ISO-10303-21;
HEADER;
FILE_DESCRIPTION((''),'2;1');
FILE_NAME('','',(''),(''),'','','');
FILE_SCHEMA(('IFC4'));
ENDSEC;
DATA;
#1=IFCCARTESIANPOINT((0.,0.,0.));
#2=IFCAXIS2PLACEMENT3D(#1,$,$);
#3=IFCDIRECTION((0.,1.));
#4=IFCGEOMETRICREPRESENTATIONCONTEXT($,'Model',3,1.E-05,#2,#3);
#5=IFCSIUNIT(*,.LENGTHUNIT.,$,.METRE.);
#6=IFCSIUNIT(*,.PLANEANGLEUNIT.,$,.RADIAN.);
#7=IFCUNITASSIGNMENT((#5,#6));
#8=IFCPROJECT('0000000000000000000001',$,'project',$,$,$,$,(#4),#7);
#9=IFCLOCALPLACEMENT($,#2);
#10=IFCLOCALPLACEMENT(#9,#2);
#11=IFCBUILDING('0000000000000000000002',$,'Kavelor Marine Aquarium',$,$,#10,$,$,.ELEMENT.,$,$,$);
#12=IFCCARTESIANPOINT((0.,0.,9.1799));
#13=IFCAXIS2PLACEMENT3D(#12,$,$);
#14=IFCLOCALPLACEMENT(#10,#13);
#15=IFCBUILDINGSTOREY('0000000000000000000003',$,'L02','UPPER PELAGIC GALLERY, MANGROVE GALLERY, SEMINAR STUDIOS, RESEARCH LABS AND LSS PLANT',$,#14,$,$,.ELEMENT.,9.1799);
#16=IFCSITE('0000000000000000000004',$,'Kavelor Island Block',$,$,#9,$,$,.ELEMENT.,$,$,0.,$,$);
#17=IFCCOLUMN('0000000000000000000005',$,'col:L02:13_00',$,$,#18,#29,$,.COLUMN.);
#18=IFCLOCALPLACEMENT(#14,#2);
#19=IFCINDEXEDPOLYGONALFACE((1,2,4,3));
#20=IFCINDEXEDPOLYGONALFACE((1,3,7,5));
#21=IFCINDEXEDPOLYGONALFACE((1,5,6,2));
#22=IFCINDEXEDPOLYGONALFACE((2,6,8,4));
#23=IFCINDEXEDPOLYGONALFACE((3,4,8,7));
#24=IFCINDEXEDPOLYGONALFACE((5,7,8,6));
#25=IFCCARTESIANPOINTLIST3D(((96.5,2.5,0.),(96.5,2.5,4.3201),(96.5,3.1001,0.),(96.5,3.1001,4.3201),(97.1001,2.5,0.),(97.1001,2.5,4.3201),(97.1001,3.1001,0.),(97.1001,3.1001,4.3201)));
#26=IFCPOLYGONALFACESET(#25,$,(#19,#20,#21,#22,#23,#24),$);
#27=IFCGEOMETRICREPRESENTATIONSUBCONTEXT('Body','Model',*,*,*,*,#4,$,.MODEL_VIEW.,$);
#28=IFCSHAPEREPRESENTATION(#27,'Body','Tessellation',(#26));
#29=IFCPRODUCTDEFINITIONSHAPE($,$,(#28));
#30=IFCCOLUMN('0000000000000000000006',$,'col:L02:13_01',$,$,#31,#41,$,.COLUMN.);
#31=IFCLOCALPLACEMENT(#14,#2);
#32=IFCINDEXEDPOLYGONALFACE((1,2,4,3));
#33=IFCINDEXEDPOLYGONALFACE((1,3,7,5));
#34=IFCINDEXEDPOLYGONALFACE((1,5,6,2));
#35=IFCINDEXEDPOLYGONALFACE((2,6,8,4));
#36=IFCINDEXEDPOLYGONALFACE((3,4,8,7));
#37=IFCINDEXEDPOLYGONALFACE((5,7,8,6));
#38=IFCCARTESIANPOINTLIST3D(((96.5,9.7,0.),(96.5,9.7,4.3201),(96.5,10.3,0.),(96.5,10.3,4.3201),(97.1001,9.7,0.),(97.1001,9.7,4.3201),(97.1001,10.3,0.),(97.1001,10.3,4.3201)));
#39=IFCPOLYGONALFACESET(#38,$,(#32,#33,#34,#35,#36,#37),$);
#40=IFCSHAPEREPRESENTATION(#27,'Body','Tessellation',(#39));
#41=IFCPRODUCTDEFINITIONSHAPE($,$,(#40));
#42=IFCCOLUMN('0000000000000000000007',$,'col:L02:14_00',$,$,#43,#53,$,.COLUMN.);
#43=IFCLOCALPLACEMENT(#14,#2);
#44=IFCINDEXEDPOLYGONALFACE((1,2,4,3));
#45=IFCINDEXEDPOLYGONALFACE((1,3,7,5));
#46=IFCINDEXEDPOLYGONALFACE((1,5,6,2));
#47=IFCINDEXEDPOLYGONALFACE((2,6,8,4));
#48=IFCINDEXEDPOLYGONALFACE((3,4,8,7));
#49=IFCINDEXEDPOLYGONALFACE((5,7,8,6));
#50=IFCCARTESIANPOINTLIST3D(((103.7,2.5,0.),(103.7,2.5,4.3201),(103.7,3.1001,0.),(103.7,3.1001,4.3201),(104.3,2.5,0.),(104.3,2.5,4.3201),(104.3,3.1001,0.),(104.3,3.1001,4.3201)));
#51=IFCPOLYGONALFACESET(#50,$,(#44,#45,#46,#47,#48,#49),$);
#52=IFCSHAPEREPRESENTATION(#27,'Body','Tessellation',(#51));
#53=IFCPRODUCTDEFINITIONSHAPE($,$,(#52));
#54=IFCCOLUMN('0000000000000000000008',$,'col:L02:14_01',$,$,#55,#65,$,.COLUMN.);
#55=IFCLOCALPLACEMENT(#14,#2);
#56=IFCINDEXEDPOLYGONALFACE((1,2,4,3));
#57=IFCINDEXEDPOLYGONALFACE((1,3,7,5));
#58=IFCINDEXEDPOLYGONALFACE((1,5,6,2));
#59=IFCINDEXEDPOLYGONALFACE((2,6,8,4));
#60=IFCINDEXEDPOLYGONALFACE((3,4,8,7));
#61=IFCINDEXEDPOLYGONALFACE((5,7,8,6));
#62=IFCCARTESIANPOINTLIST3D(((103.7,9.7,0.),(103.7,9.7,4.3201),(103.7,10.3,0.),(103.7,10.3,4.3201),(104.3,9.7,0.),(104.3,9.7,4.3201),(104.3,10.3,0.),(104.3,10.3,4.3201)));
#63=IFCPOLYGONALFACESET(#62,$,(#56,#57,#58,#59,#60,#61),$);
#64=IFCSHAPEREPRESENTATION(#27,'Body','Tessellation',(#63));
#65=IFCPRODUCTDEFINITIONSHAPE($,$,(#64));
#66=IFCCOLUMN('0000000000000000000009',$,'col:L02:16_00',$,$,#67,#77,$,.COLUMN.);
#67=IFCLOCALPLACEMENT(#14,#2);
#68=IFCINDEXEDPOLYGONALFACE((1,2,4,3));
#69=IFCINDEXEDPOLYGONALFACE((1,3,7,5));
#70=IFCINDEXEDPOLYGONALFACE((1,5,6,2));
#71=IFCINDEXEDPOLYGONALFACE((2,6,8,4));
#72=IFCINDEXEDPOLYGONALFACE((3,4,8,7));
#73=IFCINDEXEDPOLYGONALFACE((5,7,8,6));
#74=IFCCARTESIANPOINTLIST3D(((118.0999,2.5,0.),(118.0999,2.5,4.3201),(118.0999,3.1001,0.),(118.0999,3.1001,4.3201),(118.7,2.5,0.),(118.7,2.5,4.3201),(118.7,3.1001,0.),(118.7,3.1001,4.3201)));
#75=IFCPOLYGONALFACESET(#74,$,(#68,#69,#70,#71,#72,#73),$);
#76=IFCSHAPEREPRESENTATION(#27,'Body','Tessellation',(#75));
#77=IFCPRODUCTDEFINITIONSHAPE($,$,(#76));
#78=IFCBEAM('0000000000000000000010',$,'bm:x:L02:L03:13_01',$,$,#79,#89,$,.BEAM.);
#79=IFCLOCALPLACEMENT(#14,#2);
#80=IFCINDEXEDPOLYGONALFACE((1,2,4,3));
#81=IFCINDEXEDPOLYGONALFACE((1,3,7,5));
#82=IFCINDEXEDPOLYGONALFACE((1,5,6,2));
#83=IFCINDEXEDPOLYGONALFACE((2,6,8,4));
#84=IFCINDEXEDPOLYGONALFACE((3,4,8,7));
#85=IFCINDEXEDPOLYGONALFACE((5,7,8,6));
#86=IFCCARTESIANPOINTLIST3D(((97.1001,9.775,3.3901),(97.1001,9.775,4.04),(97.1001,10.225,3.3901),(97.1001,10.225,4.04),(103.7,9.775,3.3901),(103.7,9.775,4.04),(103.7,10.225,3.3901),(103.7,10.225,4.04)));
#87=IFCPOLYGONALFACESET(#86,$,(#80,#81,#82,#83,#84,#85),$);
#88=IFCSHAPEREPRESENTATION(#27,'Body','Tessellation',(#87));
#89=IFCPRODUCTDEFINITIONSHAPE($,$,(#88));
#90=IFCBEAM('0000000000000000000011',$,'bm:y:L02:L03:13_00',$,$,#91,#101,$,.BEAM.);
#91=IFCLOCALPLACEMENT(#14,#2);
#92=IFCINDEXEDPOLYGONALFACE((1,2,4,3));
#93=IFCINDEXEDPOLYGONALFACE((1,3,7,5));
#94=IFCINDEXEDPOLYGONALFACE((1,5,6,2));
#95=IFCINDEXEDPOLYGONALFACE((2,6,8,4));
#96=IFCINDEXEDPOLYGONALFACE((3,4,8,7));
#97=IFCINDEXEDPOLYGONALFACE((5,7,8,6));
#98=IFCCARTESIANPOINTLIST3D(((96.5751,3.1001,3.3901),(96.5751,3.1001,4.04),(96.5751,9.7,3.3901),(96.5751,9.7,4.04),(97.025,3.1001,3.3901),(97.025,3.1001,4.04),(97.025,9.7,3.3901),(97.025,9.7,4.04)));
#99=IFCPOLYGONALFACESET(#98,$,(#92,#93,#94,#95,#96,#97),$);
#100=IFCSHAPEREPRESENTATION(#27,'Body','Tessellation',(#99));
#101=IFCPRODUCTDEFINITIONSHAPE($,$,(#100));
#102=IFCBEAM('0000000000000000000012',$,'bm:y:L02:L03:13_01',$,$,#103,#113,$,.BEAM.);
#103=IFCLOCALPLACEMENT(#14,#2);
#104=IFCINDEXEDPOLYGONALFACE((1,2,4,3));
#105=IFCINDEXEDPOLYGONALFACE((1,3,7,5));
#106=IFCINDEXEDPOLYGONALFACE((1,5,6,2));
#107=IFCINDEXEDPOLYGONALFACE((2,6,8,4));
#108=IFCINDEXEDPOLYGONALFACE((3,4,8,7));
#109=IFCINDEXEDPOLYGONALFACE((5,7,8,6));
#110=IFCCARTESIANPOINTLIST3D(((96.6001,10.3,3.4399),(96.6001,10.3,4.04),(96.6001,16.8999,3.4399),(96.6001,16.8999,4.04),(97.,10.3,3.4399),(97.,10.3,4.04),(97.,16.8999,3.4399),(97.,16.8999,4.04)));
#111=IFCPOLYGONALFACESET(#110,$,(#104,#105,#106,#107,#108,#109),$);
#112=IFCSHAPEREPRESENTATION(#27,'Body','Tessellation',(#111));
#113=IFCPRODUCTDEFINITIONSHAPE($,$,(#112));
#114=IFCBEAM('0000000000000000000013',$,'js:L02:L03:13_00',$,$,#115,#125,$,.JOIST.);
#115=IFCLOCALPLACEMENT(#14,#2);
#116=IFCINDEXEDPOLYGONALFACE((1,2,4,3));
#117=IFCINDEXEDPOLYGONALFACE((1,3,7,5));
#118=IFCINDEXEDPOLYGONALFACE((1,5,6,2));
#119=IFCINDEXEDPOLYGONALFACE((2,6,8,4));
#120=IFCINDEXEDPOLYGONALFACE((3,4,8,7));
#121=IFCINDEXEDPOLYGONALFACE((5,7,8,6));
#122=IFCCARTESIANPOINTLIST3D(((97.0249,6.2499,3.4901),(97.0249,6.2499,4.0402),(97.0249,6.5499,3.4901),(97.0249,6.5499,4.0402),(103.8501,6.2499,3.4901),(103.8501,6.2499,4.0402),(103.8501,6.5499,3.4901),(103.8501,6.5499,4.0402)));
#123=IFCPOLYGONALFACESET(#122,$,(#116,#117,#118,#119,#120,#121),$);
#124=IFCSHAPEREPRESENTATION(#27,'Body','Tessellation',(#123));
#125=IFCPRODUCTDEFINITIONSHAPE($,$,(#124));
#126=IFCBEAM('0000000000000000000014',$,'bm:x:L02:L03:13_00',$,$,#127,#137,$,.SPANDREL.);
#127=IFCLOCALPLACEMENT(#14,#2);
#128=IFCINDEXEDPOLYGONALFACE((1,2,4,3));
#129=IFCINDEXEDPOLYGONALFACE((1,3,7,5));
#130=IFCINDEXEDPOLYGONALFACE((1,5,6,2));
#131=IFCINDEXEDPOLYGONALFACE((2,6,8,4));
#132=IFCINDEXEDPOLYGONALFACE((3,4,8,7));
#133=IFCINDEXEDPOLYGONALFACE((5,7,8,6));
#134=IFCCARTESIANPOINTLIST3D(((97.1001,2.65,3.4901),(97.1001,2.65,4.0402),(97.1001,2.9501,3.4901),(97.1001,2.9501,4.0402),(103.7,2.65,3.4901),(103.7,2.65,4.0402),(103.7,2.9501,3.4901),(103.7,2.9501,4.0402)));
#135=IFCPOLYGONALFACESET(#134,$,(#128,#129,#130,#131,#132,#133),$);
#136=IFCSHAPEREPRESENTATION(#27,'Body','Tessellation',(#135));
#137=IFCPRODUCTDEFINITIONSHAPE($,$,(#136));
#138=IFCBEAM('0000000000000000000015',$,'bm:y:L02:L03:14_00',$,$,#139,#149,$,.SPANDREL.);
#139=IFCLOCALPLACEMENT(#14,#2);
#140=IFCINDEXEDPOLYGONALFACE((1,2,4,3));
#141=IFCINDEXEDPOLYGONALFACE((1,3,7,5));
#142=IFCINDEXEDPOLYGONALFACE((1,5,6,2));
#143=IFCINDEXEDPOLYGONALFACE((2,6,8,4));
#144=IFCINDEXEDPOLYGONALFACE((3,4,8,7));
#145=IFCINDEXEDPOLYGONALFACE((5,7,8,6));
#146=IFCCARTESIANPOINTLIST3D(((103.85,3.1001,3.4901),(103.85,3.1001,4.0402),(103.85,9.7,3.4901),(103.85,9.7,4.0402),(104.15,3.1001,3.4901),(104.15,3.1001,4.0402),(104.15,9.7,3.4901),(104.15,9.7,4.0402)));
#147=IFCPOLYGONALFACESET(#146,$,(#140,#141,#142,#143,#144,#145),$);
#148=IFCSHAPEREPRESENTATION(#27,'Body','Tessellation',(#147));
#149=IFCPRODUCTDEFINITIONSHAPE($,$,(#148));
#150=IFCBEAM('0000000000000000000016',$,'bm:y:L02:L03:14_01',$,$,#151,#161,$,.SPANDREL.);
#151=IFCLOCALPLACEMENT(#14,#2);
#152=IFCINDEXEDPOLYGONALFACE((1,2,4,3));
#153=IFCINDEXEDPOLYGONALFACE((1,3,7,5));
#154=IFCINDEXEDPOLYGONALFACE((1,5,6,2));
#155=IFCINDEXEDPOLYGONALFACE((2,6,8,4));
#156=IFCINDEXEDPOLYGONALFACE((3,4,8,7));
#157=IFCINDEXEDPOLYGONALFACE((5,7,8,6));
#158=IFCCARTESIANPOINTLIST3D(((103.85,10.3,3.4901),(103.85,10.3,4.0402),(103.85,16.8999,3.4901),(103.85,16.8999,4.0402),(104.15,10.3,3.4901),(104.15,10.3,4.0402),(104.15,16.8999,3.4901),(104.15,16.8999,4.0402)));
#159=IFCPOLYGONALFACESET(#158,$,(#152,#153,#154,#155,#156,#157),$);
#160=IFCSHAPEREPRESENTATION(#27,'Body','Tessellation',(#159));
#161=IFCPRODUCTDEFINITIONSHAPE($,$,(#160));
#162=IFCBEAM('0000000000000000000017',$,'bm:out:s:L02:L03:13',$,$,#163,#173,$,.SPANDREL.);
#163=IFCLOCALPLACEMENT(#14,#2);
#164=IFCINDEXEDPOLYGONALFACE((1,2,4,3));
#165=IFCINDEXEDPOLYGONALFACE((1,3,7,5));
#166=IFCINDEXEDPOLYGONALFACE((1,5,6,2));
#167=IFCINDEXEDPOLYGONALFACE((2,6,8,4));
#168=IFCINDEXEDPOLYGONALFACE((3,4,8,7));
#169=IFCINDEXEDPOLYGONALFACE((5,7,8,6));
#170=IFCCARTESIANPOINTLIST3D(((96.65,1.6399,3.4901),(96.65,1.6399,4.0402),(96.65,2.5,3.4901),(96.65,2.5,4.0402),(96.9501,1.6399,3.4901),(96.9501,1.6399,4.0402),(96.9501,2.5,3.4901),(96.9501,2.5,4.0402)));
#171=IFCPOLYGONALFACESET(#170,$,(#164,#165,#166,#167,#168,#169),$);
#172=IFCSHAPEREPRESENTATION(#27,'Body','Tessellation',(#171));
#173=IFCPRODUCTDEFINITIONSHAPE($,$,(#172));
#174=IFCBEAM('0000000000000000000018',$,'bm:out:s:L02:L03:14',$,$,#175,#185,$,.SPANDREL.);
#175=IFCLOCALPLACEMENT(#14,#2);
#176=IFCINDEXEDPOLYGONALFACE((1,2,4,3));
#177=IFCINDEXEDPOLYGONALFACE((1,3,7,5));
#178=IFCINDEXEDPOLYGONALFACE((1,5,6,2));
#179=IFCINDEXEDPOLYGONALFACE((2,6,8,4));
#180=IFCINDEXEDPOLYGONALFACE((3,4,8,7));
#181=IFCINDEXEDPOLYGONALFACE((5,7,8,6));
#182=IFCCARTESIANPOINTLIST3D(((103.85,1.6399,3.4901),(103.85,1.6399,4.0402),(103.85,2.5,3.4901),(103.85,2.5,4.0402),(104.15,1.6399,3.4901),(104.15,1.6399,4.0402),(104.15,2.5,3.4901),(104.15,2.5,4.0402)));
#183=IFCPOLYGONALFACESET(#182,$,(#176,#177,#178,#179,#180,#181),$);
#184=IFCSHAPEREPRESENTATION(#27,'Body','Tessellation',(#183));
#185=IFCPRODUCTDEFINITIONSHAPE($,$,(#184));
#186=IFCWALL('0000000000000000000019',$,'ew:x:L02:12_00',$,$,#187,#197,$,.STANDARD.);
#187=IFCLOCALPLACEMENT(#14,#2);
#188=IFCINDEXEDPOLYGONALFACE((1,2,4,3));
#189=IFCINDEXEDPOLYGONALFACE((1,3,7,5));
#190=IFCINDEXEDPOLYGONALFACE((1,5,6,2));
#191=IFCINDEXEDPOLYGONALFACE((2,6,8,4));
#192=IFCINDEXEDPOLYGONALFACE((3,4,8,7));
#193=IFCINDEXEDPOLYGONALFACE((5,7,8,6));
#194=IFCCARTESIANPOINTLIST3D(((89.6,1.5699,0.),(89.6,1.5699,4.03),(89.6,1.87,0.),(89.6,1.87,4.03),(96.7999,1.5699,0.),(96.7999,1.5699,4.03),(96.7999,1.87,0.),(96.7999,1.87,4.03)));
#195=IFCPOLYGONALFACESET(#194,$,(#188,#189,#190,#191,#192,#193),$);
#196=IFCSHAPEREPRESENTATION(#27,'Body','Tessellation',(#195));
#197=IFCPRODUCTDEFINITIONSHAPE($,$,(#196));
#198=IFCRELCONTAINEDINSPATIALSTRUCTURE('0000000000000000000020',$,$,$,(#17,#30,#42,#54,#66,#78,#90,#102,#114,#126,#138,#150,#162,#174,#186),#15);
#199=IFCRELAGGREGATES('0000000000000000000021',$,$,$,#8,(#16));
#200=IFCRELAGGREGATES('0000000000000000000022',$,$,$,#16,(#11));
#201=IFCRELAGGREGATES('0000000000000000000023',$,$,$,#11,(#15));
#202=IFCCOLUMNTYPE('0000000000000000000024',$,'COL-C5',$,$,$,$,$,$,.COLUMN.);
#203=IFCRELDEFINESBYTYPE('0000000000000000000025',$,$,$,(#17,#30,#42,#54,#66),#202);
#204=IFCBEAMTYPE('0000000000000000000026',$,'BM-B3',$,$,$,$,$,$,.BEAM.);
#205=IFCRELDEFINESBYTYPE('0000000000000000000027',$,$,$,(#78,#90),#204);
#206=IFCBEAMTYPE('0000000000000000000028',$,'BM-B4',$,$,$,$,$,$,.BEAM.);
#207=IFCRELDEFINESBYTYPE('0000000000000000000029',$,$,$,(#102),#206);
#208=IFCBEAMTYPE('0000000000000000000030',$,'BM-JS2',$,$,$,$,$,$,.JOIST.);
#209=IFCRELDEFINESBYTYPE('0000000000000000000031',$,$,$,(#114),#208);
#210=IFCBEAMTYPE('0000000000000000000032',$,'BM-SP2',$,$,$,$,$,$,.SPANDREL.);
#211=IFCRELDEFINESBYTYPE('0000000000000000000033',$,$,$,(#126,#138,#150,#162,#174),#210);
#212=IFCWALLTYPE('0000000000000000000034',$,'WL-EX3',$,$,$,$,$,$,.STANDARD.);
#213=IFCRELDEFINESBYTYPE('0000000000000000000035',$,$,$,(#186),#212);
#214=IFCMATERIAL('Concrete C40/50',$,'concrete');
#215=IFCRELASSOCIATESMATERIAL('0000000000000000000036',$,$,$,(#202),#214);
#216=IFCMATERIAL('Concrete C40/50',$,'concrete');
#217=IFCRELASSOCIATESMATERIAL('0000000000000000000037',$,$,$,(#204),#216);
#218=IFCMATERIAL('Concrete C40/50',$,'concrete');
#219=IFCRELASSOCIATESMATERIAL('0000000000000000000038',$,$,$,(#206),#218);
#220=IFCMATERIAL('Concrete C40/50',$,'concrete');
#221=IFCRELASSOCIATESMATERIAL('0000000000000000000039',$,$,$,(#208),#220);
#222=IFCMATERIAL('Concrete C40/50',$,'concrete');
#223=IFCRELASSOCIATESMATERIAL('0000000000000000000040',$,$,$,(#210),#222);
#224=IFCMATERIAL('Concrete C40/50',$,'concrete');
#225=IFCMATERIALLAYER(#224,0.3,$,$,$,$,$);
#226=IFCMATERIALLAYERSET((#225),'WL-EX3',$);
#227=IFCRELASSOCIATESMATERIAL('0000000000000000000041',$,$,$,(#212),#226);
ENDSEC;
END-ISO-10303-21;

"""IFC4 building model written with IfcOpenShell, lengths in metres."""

from ifc_helpers import new_model, si_unit, direction, frame, frame_2d, origin, origin_2d, place, context, subcontext, project, spatial, rectangle, extrude, material, layer, layer_set, material_profile, profile_set, type_object, element, save


model = new_model("IFC4")

# Units and contexts
model_context = context("Model", 3, precision=1e-05, world=origin(), true_north=direction((0.0, 1.0)))
body_context = subcontext(model_context, "Body", "Model", "MODEL_VIEW")
ifc_project = project(units=[si_unit("LENGTHUNIT", "METRE"), si_unit("PLANEANGLEUNIT", "RADIAN")], contexts=[model_context])

# Site, building, storey
site_placement = place(None, origin())
site = spatial("IfcSite", under=ifc_project, at=site_placement, Name="Kavelor Island Block", CompositionType="ELEMENT", RefElevation=0.0)
building_placement = place(site_placement, origin())
building = spatial("IfcBuilding", under=site, at=building_placement, Name="Kavelor Marine Aquarium", CompositionType="ELEMENT")
storey_placement = place(building_placement, frame((0.0, 0.0, 9.1799)))
storey = spatial("IfcBuildingStorey", under=building, at=storey_placement, Name="L02", Description="UPPER PELAGIC GALLERY, MANGROVE GALLERY, SEMINAR STUDIOS, RESEARCH LABS AND LSS PLANT", CompositionType="ELEMENT", Elevation=9.1799)

# Columns
ifc_material_1 = material(Name="Concrete C40/50", Category="concrete")
ifc_material_profile_1 = material_profile(ifc_material_1, rectangle(XDim=0.6001, YDim=0.6001, at=origin_2d()), Name="RC-COL 600x600")
ifc_profile_set_1 = profile_set([ifc_material_profile_1], Name="Concrete C40/50")
column_type = type_object("IfcColumnType", Name="COL-C5", PredefinedType="COLUMN", material=ifc_profile_set_1)
for number, where, z_axis, x_axis, name in (
    (1, (96.8, 2.8, 0.0), (0.0, 0.0, 1.0), (1.0, 0.0, 0.0), "col:L02:13_00"),
    (2, (96.8, 10.0, 0.0), (0.0, 0.0, 1.0), (1.0, 0.0, 0.0), "col:L02:13_01"),
    (3, (104.0, 2.8, 0.0), (0.0, 0.0, 1.0), (1.0, 0.0, 0.0), "col:L02:14_00"),
    (4, (104.0, 10.0, 0.0), (0.0, 0.0, 1.0), (1.0, 0.0, 0.0), "col:L02:14_01"),
    (5, (118.3999, 2.8, 0.0), (0.0, 0.0, 1.0), (1.0, 0.0, 0.0), "col:L02:16_00"),
):
    element("IfcColumn", number, at=place(storey_placement, frame(where, z_axis=z_axis, x_axis=x_axis)), inside=storey, type_object=column_type, Name=name, PredefinedType="COLUMN", context=body_context, shape_type="SweptSolid", body=[
        extrude(rectangle(XDim=0.6001, YDim=0.6001, at=origin_2d()), origin(), (0.0, 0.0, 1.0), 4.3201),
    ])

# Beams
ifc_material_2 = material(Name="Concrete C40/50", Category="concrete")
ifc_material_profile_2 = material_profile(ifc_material_2, rectangle(XDim=0.45, YDim=0.6499, at=origin_2d()), Name="RC-BM 450x650")
ifc_profile_set_2 = profile_set([ifc_material_profile_2], Name="Concrete C40/50")
beam_type_1 = type_object("IfcBeamType", Name="BM-B3", PredefinedType="BEAM", material=ifc_profile_set_2)
for number, where, z_axis, x_axis, name in (
    (6, (97.1001, 10.0, 3.7151), (1.0, 0.0, 0.0), (0.0, 1.0, 0.0), "bm:x:L02:L03:13_01"),
    (7, (96.8, 3.1001, 3.7151), (0.0, 1.0, 0.0), (-1.0, 0.0, 0.0), "bm:y:L02:L03:13_00"),
):
    element("IfcBeam", number, at=place(storey_placement, frame(where, z_axis=z_axis, x_axis=x_axis)), inside=storey, type_object=beam_type_1, Name=name, PredefinedType="BEAM", context=body_context, shape_type="SweptSolid", body=[
        extrude(rectangle(XDim=0.45, YDim=0.6499, at=origin_2d()), origin(), (0.0, 0.0, 1.0), 6.5999),
    ])
ifc_material_3 = material(Name="Concrete C40/50", Category="concrete")
ifc_material_profile_3 = material_profile(ifc_material_3, rectangle(XDim=0.3999, YDim=0.6001, at=origin_2d()), Name="RC-BM 400x600")
ifc_profile_set_3 = profile_set([ifc_material_profile_3], Name="Concrete C40/50")
beam_type_2 = type_object("IfcBeamType", Name="BM-B4", PredefinedType="BEAM", material=ifc_profile_set_3)
beam_1_placement = place(storey_placement, frame((96.8, 10.3, 3.74), z_axis=(0.0, 1.0, 0.0), x_axis=(-1.0, 0.0, 0.0)))
element("IfcBeam", 8, at=beam_1_placement, inside=storey, type_object=beam_type_2, Name="bm:y:L02:L03:13_01", PredefinedType="BEAM", context=body_context, shape_type="SweptSolid", body=[
    extrude(rectangle(XDim=0.3999, YDim=0.6001, at=origin_2d()), origin(), (0.0, 0.0, 1.0), 6.5999),
])
ifc_material_4 = material(Name="Concrete C40/50", Category="concrete")
ifc_material_profile_4 = material_profile(ifc_material_4, rectangle(XDim=0.3, YDim=0.55, at=origin_2d()), Name="RC-JS 300x550")
ifc_profile_set_4 = profile_set([ifc_material_profile_4], Name="Concrete C40/50")
beam_type_3 = type_object("IfcBeamType", Name="BM-JS2", PredefinedType="JOIST", material=ifc_profile_set_4)
beam_2_placement = place(storey_placement, frame((97.0249, 6.3999, 3.7651), z_axis=(1.0, 0.0, 0.0), x_axis=(0.0, 1.0, 0.0)))
element("IfcBeam", 9, at=beam_2_placement, inside=storey, type_object=beam_type_3, Name="js:L02:L03:13_00", PredefinedType="JOIST", context=body_context, shape_type="SweptSolid", body=[
    extrude(rectangle(XDim=0.3, YDim=0.55, at=origin_2d()), origin(), (0.0, 0.0, 1.0), 6.8252),
])
ifc_material_5 = material(Name="Concrete C40/50", Category="concrete")
ifc_material_profile_5 = material_profile(ifc_material_5, rectangle(XDim=0.3, YDim=0.55, at=origin_2d()), Name="RC-SP 300x550")
ifc_profile_set_5 = profile_set([ifc_material_profile_5], Name="Concrete C40/50")
beam_type_4 = type_object("IfcBeamType", Name="BM-SP2", PredefinedType="SPANDREL", material=ifc_profile_set_5)
for number, where, z_axis, x_axis, name in (
    (10, (97.1001, 2.8, 3.7651), (1.0, 0.0, 0.0), (0.0, 1.0, 0.0), "bm:x:L02:L03:13_00"),
    (11, (104.0, 3.1001, 3.7651), (0.0, 1.0, 0.0), (-1.0, 0.0, 0.0), "bm:y:L02:L03:14_00"),
    (12, (104.0, 10.3, 3.7651), (0.0, 1.0, 0.0), (-1.0, 0.0, 0.0), "bm:y:L02:L03:14_01"),
):
    element("IfcBeam", number, at=place(storey_placement, frame(where, z_axis=z_axis, x_axis=x_axis)), inside=storey, type_object=beam_type_4, Name=name, PredefinedType="SPANDREL", context=body_context, shape_type="SweptSolid", body=[
        extrude(rectangle(XDim=0.3, YDim=0.55, at=origin_2d()), origin(), (0.0, 0.0, 1.0), 6.5999),
    ])
for number, where, z_axis, x_axis, name in (
    (13, (96.8, 1.6399, 3.7651), (0.0, 1.0, 0.0), (-1.0, 0.0, 0.0), "bm:out:s:L02:L03:13"),
    (14, (104.0, 1.6399, 3.7651), (0.0, 1.0, 0.0), (-1.0, 0.0, 0.0), "bm:out:s:L02:L03:14"),
):
    element("IfcBeam", number, at=place(storey_placement, frame(where, z_axis=z_axis, x_axis=x_axis)), inside=storey, type_object=beam_type_4, Name=name, PredefinedType="SPANDREL", context=body_context, shape_type="SweptSolid", body=[
        extrude(rectangle(XDim=0.3, YDim=0.55, at=origin_2d()), origin(), (0.0, 0.0, 1.0), 0.8601),
    ])

# Wall
ifc_material_6 = material(Name="Concrete C40/50", Category="concrete")
ifc_layer_1 = layer(ifc_material_6, 0.3)
ifc_layer_set_1 = layer_set([ifc_layer_1], Name="WL-EX3")
wall_type_1 = type_object("IfcWallType", Name="WL-EX3", PredefinedType="STANDARD", material=ifc_layer_set_1)
wall_1_placement = place(storey_placement, frame((96.8, 1.72, 0.0), z_axis=(0.0, 0.0, 1.0), x_axis=(-1.0, 0.0, 0.0)))
element("IfcWall", 15, at=wall_1_placement, inside=storey, type_object=wall_type_1, Name="ew:x:L02:12_00", PredefinedType="STANDARD", context=body_context, shape_type="SweptSolid", body=[
    extrude(rectangle(XDim=7.2, YDim=0.3, at=frame_2d((3.6001, 0.0))), origin(), (0.0, 0.0, 1.0), 4.03),
])

save(model, "model.ifc")
